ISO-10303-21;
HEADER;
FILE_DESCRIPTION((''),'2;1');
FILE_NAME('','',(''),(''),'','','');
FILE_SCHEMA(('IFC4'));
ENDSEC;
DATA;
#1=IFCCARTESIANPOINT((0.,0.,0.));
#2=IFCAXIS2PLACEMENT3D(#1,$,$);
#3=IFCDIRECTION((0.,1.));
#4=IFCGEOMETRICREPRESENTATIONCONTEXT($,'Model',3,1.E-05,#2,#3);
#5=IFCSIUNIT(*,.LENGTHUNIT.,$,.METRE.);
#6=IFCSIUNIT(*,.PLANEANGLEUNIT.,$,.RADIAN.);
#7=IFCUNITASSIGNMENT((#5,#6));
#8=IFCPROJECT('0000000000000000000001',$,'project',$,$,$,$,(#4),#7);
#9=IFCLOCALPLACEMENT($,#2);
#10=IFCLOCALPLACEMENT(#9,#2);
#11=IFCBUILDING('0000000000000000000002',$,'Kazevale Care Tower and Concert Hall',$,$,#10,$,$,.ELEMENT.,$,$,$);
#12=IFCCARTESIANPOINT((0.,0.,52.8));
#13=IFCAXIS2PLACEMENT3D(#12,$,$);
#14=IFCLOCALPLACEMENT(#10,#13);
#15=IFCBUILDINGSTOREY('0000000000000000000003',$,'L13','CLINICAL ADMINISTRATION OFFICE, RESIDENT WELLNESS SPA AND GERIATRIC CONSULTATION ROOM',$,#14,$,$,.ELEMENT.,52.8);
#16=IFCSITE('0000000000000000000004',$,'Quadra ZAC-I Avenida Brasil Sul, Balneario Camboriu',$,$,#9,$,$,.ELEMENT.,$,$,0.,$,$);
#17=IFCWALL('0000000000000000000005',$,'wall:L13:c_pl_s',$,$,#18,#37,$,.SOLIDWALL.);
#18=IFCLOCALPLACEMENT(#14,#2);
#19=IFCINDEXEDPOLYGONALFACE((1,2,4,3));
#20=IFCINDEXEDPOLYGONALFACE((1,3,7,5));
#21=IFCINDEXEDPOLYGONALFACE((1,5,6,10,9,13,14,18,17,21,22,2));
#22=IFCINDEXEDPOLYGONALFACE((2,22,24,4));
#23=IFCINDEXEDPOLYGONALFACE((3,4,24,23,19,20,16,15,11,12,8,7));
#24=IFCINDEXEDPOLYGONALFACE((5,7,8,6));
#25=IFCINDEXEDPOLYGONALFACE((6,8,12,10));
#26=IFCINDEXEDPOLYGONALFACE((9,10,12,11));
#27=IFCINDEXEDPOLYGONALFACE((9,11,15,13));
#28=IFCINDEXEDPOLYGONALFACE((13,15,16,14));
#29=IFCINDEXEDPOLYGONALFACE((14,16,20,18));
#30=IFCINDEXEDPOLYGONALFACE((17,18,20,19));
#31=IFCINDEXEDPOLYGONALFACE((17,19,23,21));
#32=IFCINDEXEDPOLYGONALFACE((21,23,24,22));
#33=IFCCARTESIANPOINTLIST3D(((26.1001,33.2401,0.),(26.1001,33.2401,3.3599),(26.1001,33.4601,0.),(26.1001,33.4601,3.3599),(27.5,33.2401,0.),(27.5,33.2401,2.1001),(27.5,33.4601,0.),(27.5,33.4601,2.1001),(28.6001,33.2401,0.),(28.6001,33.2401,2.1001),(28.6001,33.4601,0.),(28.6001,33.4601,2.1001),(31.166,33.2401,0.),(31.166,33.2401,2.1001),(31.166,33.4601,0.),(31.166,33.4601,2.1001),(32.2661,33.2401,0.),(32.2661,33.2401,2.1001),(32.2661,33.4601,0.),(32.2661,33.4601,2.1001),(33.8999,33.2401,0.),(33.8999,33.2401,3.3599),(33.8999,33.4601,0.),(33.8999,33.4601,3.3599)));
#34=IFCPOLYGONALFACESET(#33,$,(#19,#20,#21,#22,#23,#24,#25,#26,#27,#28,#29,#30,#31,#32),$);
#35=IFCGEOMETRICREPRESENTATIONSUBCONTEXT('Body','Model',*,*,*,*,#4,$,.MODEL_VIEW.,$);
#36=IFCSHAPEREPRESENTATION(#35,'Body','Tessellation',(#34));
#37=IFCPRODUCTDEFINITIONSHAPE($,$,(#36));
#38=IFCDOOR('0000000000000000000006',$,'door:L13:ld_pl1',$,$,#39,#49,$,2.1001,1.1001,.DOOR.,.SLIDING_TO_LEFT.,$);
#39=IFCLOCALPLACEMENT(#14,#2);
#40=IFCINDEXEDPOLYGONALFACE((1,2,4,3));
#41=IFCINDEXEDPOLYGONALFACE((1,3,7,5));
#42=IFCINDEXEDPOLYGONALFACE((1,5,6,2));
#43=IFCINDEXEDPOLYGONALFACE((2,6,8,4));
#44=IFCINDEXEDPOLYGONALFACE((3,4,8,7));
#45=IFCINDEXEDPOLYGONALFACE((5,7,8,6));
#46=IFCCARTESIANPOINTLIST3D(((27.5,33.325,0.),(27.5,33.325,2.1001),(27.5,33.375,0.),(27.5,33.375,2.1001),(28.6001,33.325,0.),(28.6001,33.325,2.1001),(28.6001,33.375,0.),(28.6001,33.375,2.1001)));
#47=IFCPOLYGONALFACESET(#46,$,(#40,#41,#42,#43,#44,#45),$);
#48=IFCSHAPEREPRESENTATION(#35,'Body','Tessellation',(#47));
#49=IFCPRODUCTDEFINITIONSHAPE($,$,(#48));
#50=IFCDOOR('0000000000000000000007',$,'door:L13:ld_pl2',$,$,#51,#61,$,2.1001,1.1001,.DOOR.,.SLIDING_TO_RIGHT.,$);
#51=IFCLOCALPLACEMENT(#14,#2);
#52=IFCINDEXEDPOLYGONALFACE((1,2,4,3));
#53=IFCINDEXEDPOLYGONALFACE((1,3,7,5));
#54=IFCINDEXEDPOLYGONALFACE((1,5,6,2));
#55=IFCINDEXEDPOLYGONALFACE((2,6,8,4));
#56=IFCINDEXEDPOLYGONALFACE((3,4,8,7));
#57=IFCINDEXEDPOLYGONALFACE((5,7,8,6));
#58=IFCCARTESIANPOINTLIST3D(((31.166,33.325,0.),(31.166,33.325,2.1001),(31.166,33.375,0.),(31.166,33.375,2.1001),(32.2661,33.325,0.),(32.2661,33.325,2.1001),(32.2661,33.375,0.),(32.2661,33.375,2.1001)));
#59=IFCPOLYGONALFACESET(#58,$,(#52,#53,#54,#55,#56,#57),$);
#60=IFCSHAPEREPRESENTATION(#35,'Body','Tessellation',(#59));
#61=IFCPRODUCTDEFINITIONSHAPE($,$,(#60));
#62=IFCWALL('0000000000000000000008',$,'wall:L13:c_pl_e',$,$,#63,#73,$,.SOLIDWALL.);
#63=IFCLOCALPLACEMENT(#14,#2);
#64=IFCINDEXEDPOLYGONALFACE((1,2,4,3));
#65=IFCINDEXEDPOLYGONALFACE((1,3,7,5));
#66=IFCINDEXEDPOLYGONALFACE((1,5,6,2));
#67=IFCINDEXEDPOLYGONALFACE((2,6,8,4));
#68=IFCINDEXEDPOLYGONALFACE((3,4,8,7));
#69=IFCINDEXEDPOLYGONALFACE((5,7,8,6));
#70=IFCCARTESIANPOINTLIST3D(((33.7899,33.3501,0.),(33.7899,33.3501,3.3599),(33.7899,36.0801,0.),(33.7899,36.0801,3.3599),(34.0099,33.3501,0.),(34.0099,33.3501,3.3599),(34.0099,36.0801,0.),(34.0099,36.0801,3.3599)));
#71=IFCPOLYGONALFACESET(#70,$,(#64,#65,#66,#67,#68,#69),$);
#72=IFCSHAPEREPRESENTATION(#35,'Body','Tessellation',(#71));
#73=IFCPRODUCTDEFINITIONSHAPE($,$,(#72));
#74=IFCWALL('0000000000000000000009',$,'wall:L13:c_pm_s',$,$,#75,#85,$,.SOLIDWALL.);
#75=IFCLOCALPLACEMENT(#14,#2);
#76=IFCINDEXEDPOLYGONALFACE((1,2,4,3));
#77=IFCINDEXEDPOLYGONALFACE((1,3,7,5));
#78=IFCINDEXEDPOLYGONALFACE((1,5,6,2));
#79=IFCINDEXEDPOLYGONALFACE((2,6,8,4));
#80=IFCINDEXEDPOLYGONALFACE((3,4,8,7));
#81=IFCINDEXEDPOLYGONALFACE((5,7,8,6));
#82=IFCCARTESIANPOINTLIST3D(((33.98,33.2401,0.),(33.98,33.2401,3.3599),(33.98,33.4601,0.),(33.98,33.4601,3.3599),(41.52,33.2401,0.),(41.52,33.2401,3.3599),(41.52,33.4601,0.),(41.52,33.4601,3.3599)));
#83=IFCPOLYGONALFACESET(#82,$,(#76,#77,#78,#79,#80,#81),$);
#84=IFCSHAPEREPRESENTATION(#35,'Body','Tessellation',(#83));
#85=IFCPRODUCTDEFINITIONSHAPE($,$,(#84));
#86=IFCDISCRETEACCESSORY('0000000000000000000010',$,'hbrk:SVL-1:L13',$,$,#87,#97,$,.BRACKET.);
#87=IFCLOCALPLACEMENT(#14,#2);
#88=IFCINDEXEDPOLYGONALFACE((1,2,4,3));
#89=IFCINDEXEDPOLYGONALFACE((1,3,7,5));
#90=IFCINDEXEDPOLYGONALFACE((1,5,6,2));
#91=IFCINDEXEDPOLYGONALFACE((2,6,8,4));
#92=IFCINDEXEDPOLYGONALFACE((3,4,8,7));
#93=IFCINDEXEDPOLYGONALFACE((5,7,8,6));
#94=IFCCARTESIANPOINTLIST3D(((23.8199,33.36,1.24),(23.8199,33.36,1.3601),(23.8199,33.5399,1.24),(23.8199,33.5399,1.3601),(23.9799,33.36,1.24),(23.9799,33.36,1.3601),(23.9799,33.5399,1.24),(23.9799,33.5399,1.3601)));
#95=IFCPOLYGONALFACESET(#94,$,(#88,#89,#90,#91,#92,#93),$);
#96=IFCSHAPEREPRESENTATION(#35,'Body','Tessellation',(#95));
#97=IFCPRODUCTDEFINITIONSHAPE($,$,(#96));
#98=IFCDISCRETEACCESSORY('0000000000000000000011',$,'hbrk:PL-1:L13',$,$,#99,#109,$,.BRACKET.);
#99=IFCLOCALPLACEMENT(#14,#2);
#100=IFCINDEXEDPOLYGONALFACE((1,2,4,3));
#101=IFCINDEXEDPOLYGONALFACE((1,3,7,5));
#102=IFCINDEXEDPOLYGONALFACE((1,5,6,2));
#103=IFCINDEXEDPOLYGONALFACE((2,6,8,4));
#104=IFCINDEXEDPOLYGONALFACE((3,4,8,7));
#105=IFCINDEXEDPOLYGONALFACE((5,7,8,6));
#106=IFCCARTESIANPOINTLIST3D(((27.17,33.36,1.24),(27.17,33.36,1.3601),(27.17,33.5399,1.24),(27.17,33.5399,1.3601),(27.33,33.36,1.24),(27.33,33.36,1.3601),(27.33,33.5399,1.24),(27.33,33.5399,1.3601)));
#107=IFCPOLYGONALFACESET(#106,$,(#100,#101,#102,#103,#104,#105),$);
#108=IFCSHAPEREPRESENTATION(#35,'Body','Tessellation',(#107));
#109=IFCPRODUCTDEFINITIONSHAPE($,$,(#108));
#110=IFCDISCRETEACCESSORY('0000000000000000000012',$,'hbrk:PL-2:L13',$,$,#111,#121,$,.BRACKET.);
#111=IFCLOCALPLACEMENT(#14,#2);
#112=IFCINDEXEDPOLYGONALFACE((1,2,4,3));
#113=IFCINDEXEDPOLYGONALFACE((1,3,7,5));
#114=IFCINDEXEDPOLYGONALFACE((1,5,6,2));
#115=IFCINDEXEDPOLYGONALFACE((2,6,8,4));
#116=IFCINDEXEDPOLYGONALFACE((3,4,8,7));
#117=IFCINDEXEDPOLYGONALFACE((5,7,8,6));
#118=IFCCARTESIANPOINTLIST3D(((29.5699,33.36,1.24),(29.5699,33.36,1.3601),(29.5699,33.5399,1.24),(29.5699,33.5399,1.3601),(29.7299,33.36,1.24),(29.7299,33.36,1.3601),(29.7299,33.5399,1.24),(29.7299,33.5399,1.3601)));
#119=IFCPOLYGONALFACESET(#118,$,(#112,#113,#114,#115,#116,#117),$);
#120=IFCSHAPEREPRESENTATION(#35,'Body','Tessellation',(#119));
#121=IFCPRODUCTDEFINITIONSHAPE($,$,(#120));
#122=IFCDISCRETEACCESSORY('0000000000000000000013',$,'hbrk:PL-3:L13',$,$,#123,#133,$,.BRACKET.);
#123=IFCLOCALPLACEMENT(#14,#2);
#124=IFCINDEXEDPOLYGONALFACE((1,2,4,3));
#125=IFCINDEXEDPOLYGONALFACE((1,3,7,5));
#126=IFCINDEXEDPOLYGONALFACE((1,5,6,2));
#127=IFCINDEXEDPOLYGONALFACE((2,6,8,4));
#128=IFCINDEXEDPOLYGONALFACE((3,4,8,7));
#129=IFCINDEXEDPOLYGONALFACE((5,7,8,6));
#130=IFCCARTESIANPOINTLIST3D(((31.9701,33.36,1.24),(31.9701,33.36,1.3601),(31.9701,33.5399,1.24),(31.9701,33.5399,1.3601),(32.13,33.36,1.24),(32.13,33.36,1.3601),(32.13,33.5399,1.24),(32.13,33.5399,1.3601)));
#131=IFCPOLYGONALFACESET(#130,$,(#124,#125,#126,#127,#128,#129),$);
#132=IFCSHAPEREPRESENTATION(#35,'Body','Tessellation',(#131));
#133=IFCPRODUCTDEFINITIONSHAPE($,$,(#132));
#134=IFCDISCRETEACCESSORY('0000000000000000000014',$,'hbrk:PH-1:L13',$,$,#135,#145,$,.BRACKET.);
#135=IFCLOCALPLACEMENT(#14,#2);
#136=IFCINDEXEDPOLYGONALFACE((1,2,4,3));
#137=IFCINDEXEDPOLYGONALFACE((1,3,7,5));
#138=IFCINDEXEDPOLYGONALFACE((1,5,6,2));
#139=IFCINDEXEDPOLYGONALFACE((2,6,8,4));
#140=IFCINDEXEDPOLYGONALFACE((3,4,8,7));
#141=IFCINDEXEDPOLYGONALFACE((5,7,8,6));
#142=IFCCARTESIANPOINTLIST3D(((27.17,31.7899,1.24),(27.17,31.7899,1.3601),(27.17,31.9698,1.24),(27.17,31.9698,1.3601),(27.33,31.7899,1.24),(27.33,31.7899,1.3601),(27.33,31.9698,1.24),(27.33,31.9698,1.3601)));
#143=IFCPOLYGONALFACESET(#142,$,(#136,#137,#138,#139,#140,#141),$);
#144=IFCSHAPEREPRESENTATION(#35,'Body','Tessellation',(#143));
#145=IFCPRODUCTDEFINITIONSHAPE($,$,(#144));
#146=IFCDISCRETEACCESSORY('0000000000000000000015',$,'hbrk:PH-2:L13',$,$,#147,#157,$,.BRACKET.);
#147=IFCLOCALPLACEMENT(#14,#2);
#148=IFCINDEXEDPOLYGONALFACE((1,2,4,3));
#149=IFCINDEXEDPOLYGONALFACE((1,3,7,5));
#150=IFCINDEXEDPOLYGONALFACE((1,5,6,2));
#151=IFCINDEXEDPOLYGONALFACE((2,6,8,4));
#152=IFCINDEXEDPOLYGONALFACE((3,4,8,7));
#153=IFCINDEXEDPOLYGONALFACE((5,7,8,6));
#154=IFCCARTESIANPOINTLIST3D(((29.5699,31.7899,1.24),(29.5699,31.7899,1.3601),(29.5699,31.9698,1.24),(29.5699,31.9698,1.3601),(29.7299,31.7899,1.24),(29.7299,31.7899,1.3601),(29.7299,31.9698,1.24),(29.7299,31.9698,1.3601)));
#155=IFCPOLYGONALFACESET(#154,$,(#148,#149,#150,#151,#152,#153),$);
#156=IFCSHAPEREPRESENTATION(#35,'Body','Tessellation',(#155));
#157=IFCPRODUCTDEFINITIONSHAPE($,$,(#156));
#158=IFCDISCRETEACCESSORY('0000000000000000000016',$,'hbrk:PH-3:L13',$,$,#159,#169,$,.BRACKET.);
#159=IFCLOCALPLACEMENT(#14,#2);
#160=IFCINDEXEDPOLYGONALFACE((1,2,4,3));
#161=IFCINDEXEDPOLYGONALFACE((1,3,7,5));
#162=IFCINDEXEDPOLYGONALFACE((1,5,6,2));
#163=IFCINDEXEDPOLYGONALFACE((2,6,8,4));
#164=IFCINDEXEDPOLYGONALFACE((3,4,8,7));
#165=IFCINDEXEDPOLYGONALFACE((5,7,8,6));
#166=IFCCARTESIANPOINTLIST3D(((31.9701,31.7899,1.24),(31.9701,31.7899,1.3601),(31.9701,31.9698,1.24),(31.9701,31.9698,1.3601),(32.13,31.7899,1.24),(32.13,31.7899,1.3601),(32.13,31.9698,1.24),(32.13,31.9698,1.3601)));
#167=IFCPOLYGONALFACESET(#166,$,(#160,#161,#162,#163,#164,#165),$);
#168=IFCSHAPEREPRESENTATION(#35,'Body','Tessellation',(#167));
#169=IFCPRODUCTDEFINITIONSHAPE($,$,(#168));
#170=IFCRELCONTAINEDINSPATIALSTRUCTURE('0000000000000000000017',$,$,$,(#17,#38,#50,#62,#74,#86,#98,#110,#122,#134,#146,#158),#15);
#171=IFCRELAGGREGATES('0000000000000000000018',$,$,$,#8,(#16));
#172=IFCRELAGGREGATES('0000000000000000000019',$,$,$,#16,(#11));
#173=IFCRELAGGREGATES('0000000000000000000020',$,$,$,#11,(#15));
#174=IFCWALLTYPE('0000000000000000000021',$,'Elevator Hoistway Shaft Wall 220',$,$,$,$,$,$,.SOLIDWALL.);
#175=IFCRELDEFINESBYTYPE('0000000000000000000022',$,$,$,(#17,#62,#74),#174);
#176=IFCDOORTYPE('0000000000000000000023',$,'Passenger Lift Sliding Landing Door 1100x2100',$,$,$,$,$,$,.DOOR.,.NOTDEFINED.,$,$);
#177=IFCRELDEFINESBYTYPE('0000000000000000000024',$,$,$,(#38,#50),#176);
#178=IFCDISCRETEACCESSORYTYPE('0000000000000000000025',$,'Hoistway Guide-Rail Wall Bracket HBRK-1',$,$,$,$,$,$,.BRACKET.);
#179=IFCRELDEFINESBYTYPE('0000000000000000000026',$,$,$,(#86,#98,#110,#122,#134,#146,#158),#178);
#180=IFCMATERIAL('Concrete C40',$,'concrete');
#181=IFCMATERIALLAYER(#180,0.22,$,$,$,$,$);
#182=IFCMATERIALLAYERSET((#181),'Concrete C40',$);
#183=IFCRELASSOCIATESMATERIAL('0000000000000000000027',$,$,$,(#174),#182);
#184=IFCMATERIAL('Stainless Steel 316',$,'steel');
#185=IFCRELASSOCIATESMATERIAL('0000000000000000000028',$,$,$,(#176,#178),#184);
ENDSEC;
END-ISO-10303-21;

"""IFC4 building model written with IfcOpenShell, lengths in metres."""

from ifc_helpers import new_model, si_unit, direction, frame, frame_2d, origin, origin_2d, place, context, subcontext, project, spatial, rectangle, extrude, material, layer, layer_set, type_object, element, fill, save


model = new_model("IFC4")

# Units and contexts
model_context = context("Model", 3, precision=1e-05, world=origin(), true_north=direction((0.0, 1.0)))
body_context = subcontext(model_context, "Body", "Model", "MODEL_VIEW")
ifc_project = project(units=[si_unit("LENGTHUNIT", "METRE"), si_unit("PLANEANGLEUNIT", "RADIAN")], contexts=[model_context])

# Site, building, storey
site_placement = place(None, origin())
site = spatial("IfcSite", under=ifc_project, at=site_placement, Name="Quadra ZAC-I Avenida Brasil Sul, Balneario Camboriu", CompositionType="ELEMENT", RefElevation=0.0)
building_placement = place(site_placement, origin())
building = spatial("IfcBuilding", under=site, at=building_placement, Name="Kazevale Care Tower and Concert Hall", CompositionType="ELEMENT")
storey_placement = place(building_placement, frame((0.0, 0.0, 52.8)))
storey = spatial("IfcBuildingStorey", under=building, at=storey_placement, Name="L13", Description="CLINICAL ADMINISTRATION OFFICE, RESIDENT WELLNESS SPA AND GERIATRIC CONSULTATION ROOM", CompositionType="ELEMENT", Elevation=52.8)

# Shared definitions
ifc_material_1 = material(Name="Concrete C40", Category="concrete")
ifc_layer = layer(ifc_material_1, 0.22)
ifc_layer_set = layer_set([ifc_layer], Name="Concrete C40")
wall_type = type_object("IfcWallType", Name="Elevator Hoistway Shaft Wall 220", PredefinedType="SOLIDWALL", material=ifc_layer_set)

# Shared definitions
ifc_material_2 = material(Name="Stainless Steel 316", Category="steel")

# Wall, openings, doors
wall_1_placement = place(storey_placement, frame((26.1001, 33.3501, 0.0), z_axis=(0.0, 0.0, 1.0), x_axis=(1.0, 0.0, 0.0)))
wall_1 = element("IfcWall", 1, at=wall_1_placement, inside=storey, type_object=wall_type, Name="wall:L13:c_pl_s", PredefinedType="SOLIDWALL", context=body_context, shape_type="SweptSolid", body=[
    extrude(rectangle(XDim=7.7998, YDim=0.22, at=frame_2d((3.8999, 0.0))), origin(), (0.0, 0.0, 1.0), 3.3599),
])
opening_1_placement = place(wall_1_placement, frame((1.3999, 0.0, 0.0)))
opening_1 = element("IfcOpeningElement", 2, at=opening_1_placement, cuts=wall_1, PredefinedType="OPENING", context=body_context, shape_type="SweptSolid", body=[
    extrude(rectangle(XDim=1.1001, YDim=2.1001, at=frame_2d((0.55, 1.05))), frame((0.0, 0.1199, 0.0), z_axis=(0.0, -1.0, 0.0), x_axis=(1.0, 0.0, 0.0)), (0.0, 0.0, 1.0), 0.24),
])
opening_2_placement = place(wall_1_placement, frame((5.0659, 0.0, 0.0)))
opening_2 = element("IfcOpeningElement", 3, at=opening_2_placement, cuts=wall_1, PredefinedType="OPENING", context=body_context, shape_type="SweptSolid", body=[
    extrude(rectangle(XDim=1.1001, YDim=2.1001, at=frame_2d((0.55, 1.05))), frame((0.0, 0.1199, 0.0), z_axis=(0.0, -1.0, 0.0), x_axis=(1.0, 0.0, 0.0)), (0.0, 0.0, 1.0), 0.24),
])
door_type_1 = type_object("IfcDoorType", Name="Passenger Lift Sliding Landing Door 1100x2100", OperationType="NOTDEFINED", PredefinedType="DOOR", material=ifc_material_2)
door_1_placement = place(opening_1_placement, origin())
door_1 = element("IfcDoor", 4, at=door_1_placement, inside=storey, type_object=door_type_1, Name="door:L13:ld_pl1", OperationType="SLIDING_TO_LEFT", OverallHeight=2.1001, OverallWidth=1.1001, PredefinedType="DOOR", context=body_context, shape_type="SweptSolid", body=[
    extrude(rectangle(XDim=1.1001, YDim=2.1001, at=frame_2d((0.55, 1.05))), frame((0.0, 0.0249, 0.0), z_axis=(0.0, -1.0, 0.0), x_axis=(1.0, 0.0, 0.0)), (0.0, 0.0, 1.0), 0.05),
])
fill(opening_1, door_1)
door_2_placement = place(opening_2_placement, origin())
door_2 = element("IfcDoor", 5, at=door_2_placement, inside=storey, type_object=door_type_1, Name="door:L13:ld_pl2", OperationType="SLIDING_TO_RIGHT", OverallHeight=2.1001, OverallWidth=1.1001, PredefinedType="DOOR", context=body_context, shape_type="SweptSolid", body=[
    extrude(rectangle(XDim=1.1001, YDim=2.1001, at=frame_2d((0.55, 1.05))), frame((0.0, 0.0249, 0.0), z_axis=(0.0, -1.0, 0.0), x_axis=(1.0, 0.0, 0.0)), (0.0, 0.0, 1.0), 0.05),
])
fill(opening_2, door_2)

# Walls
wall_2_placement = place(storey_placement, frame((33.8999, 33.3501, 0.0), z_axis=(0.0, 0.0, 1.0), x_axis=(0.0, 1.0, 0.0)))
element("IfcWall", 6, at=wall_2_placement, inside=storey, type_object=wall_type, Name="wall:L13:c_pl_e", PredefinedType="SOLIDWALL", context=body_context, shape_type="SweptSolid", body=[
    extrude(rectangle(XDim=2.73, YDim=0.22, at=frame_2d((1.365, 0.0))), origin(), (0.0, 0.0, 1.0), 3.3599),
])
wall_3_placement = place(storey_placement, frame((33.98, 33.3501, 0.0), z_axis=(0.0, 0.0, 1.0), x_axis=(1.0, 0.0, 0.0)))
element("IfcWall", 7, at=wall_3_placement, inside=storey, type_object=wall_type, Name="wall:L13:c_pm_s", PredefinedType="SOLIDWALL", context=body_context, shape_type="SweptSolid", body=[
    extrude(rectangle(XDim=7.54, YDim=0.22, at=frame_2d((3.77, 0.0))), origin(), (0.0, 0.0, 1.0), 3.3599),
])

# Discrete accessories
discrete_accessory_type = type_object("IfcDiscreteAccessoryType", Name="Hoistway Guide-Rail Wall Bracket HBRK-1", PredefinedType="BRACKET", material=ifc_material_2)
for number, where, z_axis, x_axis, name in (
    (8, (23.8999, 33.45, 1.24), (0.0, 0.0, 1.0), (1.0, 0.0, 0.0), "hbrk:SVL-1:L13"),
    (9, (27.25, 33.45, 1.24), (0.0, 0.0, 1.0), (1.0, 0.0, 0.0), "hbrk:PL-1:L13"),
    (10, (29.6499, 33.45, 1.24), (0.0, 0.0, 1.0), (1.0, 0.0, 0.0), "hbrk:PL-2:L13"),
    (11, (32.05, 33.45, 1.24), (0.0, 0.0, 1.0), (1.0, 0.0, 0.0), "hbrk:PL-3:L13"),
    (12, (27.25, 31.8799, 1.24), (0.0, 0.0, 1.0), (1.0, 0.0, 0.0), "hbrk:PH-1:L13"),
    (13, (29.6499, 31.8799, 1.24), (0.0, 0.0, 1.0), (1.0, 0.0, 0.0), "hbrk:PH-2:L13"),
    (14, (32.05, 31.8799, 1.24), (0.0, 0.0, 1.0), (1.0, 0.0, 0.0), "hbrk:PH-3:L13"),
):
    element("IfcDiscreteAccessory", number, at=place(storey_placement, frame(where, z_axis=z_axis, x_axis=x_axis)), inside=storey, type_object=discrete_accessory_type, Name=name, PredefinedType="BRACKET", context=body_context, shape_type="SweptSolid", body=[
        extrude(rectangle(XDim=0.1599, YDim=0.1799, at=origin_2d()), origin(), (0.0, 0.0, 1.0), 0.1201),
    ])

save(model, "model.ifc")
